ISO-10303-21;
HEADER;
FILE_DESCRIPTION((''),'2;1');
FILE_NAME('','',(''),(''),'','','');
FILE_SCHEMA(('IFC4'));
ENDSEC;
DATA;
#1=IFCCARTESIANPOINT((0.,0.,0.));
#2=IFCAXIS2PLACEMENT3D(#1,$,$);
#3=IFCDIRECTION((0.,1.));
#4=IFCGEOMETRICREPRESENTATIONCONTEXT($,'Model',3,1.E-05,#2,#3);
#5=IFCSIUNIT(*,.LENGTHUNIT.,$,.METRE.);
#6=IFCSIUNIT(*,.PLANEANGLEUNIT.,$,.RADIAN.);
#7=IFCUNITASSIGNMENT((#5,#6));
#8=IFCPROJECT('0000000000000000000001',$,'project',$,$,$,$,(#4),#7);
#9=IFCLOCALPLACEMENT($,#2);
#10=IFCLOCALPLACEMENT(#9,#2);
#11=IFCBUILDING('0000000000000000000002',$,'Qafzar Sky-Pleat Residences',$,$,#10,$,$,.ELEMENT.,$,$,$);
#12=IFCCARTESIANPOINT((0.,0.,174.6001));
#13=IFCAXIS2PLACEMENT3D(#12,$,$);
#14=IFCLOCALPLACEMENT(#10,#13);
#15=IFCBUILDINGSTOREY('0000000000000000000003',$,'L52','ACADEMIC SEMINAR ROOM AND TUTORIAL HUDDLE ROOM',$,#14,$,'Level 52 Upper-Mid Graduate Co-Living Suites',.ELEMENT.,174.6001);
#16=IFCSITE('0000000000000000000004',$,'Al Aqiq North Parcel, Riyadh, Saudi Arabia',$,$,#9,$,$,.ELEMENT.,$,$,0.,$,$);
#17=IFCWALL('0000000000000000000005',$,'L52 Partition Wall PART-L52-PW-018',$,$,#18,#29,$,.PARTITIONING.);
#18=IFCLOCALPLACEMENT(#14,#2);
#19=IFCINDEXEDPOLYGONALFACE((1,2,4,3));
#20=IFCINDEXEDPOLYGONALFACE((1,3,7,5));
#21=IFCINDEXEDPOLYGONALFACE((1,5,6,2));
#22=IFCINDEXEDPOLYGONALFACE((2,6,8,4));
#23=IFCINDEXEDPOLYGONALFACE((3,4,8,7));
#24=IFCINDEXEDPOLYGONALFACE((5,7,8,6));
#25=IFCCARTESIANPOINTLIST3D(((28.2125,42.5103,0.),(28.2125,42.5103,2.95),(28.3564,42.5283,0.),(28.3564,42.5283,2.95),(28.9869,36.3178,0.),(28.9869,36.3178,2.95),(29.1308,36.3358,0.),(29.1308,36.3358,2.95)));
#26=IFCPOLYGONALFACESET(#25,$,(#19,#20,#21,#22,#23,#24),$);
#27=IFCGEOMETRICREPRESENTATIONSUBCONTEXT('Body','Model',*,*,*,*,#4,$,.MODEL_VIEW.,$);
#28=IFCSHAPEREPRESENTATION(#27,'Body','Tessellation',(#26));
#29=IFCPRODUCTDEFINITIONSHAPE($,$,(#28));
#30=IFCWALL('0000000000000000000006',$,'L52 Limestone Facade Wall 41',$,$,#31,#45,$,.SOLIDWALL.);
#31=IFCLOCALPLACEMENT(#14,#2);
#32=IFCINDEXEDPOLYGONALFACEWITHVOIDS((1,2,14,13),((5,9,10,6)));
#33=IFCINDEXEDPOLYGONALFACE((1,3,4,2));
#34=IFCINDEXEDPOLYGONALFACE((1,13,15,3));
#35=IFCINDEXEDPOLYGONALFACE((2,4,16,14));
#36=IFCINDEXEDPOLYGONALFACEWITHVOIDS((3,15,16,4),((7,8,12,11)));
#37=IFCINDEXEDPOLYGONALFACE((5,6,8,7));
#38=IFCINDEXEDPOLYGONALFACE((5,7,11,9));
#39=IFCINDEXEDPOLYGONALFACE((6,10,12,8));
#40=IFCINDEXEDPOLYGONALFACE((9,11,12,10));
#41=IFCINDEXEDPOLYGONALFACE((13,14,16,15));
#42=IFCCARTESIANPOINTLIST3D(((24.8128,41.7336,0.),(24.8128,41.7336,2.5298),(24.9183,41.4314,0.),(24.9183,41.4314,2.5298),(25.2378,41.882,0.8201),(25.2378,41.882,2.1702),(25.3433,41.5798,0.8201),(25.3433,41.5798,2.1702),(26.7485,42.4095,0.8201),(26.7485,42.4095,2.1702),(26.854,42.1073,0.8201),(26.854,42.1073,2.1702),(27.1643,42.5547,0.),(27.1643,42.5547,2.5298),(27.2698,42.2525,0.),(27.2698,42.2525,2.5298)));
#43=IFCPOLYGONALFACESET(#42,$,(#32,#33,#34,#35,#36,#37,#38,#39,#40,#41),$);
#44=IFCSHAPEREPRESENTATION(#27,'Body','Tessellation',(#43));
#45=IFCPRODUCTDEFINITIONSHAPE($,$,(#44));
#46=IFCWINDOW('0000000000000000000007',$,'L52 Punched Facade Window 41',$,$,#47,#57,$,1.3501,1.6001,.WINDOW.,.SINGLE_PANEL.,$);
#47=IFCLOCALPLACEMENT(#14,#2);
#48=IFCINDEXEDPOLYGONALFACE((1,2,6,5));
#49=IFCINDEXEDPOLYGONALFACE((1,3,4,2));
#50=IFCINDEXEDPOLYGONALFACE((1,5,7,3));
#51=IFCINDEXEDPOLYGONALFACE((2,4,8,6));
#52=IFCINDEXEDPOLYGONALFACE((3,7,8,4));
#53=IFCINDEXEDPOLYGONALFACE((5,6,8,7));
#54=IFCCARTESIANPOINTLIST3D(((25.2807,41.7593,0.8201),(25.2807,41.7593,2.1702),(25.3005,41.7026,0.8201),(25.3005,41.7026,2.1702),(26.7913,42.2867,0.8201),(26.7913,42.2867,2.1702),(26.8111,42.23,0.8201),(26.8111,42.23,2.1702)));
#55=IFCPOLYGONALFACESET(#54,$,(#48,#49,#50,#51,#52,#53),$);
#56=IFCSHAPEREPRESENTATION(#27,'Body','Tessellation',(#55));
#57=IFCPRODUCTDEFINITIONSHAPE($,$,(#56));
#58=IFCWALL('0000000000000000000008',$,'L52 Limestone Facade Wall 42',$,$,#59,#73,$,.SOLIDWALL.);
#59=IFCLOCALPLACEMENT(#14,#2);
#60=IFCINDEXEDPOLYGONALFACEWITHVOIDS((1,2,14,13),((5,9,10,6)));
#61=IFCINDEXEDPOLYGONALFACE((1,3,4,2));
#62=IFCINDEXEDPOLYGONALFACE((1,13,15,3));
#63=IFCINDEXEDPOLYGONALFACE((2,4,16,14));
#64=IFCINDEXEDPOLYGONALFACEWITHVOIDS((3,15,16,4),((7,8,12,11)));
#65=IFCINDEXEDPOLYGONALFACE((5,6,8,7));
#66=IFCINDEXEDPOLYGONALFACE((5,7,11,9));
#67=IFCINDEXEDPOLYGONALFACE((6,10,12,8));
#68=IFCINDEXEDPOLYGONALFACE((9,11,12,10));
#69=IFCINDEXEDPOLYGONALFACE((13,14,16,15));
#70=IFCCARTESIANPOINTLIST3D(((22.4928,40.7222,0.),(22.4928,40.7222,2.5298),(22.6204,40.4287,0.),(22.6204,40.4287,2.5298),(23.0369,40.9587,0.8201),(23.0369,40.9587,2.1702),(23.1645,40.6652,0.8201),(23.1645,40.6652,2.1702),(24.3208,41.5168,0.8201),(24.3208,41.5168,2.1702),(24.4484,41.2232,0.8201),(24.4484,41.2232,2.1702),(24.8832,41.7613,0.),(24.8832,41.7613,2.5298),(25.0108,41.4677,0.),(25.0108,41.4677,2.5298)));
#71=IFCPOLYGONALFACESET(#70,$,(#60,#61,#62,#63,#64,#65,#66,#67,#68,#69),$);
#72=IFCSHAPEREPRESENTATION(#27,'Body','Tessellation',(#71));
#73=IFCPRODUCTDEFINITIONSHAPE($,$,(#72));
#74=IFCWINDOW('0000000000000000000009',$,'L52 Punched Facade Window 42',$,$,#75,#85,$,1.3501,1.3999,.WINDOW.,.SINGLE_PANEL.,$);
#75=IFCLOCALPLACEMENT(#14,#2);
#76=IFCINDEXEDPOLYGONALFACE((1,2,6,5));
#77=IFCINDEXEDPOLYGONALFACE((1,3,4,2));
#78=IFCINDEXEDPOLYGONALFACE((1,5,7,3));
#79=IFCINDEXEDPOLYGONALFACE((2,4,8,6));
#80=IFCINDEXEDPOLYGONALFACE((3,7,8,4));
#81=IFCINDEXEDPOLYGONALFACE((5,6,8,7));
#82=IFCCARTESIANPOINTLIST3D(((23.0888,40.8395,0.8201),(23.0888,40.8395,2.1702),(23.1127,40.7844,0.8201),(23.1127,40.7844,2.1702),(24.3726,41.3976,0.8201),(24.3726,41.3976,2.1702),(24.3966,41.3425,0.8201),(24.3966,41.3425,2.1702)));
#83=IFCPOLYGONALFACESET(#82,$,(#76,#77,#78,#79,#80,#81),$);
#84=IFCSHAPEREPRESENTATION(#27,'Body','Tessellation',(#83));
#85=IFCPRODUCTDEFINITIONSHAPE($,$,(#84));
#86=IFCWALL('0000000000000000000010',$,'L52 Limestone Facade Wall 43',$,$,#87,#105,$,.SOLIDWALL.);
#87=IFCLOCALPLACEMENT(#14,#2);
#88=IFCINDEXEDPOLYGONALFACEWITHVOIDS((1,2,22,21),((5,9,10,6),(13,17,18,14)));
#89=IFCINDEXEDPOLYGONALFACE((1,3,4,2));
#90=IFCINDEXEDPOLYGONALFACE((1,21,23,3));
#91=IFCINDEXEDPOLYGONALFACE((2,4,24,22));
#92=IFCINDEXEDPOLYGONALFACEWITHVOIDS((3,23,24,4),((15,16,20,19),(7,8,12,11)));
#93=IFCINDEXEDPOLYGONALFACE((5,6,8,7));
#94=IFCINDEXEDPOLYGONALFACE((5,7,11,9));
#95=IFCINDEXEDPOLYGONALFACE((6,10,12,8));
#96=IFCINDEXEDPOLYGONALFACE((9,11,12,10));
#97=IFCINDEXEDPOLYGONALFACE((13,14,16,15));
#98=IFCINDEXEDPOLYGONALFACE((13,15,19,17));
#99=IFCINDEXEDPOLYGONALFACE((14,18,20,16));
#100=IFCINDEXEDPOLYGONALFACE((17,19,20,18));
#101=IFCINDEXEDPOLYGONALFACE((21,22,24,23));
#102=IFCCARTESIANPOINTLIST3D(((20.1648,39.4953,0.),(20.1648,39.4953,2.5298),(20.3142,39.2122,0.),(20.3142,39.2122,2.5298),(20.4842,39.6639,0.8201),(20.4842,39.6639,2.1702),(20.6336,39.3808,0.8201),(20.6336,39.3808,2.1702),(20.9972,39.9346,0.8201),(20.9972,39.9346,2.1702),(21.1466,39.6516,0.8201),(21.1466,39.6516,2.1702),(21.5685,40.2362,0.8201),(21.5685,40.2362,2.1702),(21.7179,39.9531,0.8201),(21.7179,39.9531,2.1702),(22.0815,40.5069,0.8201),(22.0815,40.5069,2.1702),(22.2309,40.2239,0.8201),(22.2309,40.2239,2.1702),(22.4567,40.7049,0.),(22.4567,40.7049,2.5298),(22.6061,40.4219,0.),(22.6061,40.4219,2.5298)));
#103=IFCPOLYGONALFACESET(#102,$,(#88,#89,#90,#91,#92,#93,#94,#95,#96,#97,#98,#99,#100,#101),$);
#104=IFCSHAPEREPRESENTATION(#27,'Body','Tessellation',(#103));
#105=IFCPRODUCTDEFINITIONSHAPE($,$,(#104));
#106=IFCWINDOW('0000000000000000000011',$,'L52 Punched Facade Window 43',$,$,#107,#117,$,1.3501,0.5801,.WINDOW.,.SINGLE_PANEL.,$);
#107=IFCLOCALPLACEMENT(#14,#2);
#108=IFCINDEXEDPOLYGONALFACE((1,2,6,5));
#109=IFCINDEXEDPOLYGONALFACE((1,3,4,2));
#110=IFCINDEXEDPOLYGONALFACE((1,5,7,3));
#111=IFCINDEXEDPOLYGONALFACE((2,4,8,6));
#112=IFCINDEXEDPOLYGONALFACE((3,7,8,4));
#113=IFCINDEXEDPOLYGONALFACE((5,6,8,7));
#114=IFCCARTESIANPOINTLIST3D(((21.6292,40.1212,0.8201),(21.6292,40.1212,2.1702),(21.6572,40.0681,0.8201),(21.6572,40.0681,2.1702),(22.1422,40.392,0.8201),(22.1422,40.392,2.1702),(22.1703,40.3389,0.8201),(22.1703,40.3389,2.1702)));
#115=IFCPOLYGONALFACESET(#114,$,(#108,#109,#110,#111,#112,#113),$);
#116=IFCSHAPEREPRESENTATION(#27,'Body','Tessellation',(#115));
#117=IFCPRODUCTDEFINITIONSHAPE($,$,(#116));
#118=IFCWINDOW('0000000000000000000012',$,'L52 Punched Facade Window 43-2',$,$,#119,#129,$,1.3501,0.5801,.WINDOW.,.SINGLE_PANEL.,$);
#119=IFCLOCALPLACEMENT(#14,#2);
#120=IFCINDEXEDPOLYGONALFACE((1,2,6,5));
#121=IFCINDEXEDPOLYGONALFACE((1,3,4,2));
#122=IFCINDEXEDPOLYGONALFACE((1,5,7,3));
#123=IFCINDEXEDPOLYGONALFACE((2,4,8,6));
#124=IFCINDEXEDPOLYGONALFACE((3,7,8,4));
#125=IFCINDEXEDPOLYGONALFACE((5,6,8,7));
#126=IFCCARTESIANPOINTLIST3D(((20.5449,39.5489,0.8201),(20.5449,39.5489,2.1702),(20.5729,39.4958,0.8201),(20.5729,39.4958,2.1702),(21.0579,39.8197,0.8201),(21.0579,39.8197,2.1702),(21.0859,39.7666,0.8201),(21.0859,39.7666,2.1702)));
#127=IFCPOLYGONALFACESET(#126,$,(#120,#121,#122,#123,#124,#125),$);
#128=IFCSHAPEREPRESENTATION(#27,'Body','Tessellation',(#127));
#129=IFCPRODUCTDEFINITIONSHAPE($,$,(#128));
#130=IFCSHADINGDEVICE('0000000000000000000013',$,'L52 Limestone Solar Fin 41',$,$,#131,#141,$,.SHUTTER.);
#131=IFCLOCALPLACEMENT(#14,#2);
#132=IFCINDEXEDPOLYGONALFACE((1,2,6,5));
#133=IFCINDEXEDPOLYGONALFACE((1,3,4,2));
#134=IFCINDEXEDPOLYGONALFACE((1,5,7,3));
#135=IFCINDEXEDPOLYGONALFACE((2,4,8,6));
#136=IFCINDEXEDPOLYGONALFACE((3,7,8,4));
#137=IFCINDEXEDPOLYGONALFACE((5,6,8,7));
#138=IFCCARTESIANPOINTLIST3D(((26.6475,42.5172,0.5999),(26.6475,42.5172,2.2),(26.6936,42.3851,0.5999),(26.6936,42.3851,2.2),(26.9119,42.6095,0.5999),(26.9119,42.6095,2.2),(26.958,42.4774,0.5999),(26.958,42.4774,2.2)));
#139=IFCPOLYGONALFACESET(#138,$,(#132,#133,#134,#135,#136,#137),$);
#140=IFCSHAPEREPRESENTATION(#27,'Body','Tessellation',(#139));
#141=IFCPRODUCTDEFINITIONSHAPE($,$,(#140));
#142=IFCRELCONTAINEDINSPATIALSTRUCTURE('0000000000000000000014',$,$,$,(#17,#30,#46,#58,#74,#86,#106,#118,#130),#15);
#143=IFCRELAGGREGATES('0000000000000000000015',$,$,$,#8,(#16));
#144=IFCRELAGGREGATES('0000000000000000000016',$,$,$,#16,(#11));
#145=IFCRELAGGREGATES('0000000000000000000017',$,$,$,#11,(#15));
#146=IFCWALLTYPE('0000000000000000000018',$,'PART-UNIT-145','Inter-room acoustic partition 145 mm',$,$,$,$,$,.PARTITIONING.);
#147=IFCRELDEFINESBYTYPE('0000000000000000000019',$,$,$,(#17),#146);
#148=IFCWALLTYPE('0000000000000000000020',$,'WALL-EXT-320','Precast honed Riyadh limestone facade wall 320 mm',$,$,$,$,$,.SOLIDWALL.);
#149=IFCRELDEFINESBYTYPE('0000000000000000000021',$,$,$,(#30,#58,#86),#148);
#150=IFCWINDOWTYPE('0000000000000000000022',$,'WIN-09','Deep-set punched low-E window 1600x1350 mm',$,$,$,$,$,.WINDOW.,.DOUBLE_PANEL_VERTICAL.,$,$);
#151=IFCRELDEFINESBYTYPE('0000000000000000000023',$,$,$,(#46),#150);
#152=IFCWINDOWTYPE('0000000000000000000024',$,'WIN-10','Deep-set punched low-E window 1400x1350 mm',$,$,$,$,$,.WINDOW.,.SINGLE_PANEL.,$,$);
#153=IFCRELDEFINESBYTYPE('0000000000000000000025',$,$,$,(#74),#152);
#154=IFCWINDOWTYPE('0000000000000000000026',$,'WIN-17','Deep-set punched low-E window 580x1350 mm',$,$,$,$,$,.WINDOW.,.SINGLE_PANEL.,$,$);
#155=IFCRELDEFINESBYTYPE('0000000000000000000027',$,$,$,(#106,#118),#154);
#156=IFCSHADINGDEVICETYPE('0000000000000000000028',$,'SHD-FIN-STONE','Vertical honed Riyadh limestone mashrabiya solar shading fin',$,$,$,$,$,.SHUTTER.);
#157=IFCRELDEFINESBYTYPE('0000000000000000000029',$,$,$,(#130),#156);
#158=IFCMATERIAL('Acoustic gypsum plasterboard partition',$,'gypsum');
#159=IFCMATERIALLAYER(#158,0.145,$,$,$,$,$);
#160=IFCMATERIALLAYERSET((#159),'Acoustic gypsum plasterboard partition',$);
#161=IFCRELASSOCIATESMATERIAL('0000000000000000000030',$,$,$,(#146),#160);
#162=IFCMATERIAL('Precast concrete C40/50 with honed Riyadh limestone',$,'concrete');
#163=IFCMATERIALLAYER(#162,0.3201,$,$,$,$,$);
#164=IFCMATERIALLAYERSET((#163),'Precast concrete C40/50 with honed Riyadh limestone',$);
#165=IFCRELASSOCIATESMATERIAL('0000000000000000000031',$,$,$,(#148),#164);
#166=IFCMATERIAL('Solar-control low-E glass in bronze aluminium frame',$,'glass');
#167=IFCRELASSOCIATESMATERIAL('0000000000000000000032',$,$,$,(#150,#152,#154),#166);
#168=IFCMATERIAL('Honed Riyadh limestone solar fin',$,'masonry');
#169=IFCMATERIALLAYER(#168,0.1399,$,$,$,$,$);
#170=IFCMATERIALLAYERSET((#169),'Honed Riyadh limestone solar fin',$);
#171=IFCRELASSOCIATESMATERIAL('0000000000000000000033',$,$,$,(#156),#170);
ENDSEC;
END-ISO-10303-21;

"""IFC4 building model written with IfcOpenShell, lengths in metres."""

from ifc_helpers import new_model, si_unit, direction, frame, frame_2d, origin, origin_2d, place, context, subcontext, project, spatial, rectangle, extrude, source, transform, mapped, material, layer, layer_set, type_object, element, fill, save


model = new_model("IFC4")

# Units and contexts
model_context = context("Model", 3, precision=1e-05, world=origin(), true_north=direction((0.0, 1.0)))
body_context = subcontext(model_context, "Body", "Model", "MODEL_VIEW")
ifc_project = project(units=[si_unit("LENGTHUNIT", "METRE"), si_unit("PLANEANGLEUNIT", "RADIAN")], contexts=[model_context])

# Site, building, storey
site_placement = place(None, origin())
site = spatial("IfcSite", under=ifc_project, at=site_placement, Name="Al Aqiq North Parcel, Riyadh, Saudi Arabia", CompositionType="ELEMENT", RefElevation=0.0)
building_placement = place(site_placement, origin())
building = spatial("IfcBuilding", under=site, at=building_placement, Name="Qafzar Sky-Pleat Residences", CompositionType="ELEMENT")
storey_placement = place(building_placement, frame((0.0, 0.0, 174.6001)))
storey = spatial("IfcBuildingStorey", under=building, at=storey_placement, Name="L52", Description="ACADEMIC SEMINAR ROOM AND TUTORIAL HUDDLE ROOM", LongName="Level 52 Upper-Mid Graduate Co-Living Suites", CompositionType="ELEMENT", Elevation=174.6001)

# Wall
ifc_material_1 = material(Name="Acoustic gypsum plasterboard partition", Category="gypsum")
ifc_layer_1 = layer(ifc_material_1, 0.145)
ifc_layer_set_1 = layer_set([ifc_layer_1], Name="Acoustic gypsum plasterboard partition")
wall_type_1 = type_object("IfcWallType", Name="PART-UNIT-145", Description="Inter-room acoustic partition 145 mm", PredefinedType="PARTITIONING", material=ifc_layer_set_1)
wall_1_placement = place(storey_placement, frame((28.2844, 42.5193, 0.0), z_axis=(0.0, 0.0, 1.0), x_axis=(0.124093, -0.992271, 0.0)))
element("IfcWall", 1, at=wall_1_placement, inside=storey, type_object=wall_type_1, Name="L52 Partition Wall PART-L52-PW-018", PredefinedType="PARTITIONING", context=body_context, shape_type="SweptSolid", body=[
    extrude(rectangle(XDim=6.2407, YDim=0.145, at=frame_2d((3.1204, 0.0))), origin(), (0.0, 0.0, 1.0), 2.95),
])

# Walls, openings, windows
ifc_material_2 = material(Name="Precast concrete C40/50 with honed Riyadh limestone", Category="concrete")
ifc_layer_2 = layer(ifc_material_2, 0.3201)
ifc_layer_set_2 = layer_set([ifc_layer_2], Name="Precast concrete C40/50 with honed Riyadh limestone")
wall_type_2 = type_object("IfcWallType", Name="WALL-EXT-320", Description="Precast honed Riyadh limestone facade wall 320 mm", PredefinedType="SOLIDWALL", material=ifc_layer_set_2)
wall_2_placement = place(storey_placement, frame((27.217, 42.4036, 0.0), z_axis=(0.0, 0.0, 1.0), x_axis=(-0.944109, -0.329634, 0.0)))
wall_2 = element("IfcWall", 2, at=wall_2_placement, inside=storey, type_object=wall_type_2, Name="L52 Limestone Facade Wall 41", PredefinedType="SOLIDWALL", context=body_context, shape_type="SweptSolid", body=[
    extrude(rectangle(XDim=2.4907, YDim=0.3201, at=frame_2d((1.2454, 0.0))), origin(), (0.0, 0.0, 1.0), 2.5298),
])
opening_1_placement = place(wall_2_placement, frame((0.4404, 0.0, 0.8201)))
opening_1 = element("IfcOpeningElement", 3, at=opening_1_placement, cuts=wall_2, PredefinedType="OPENING", context=body_context, shape_type="SweptSolid", body=[
    extrude(rectangle(XDim=1.6001, YDim=1.3501, at=frame_2d((0.8, 0.675))), frame((0.0, 0.1699, 0.0), z_axis=(0.0, -1.0, 0.0), x_axis=(1.0, 0.0, 0.0)), (0.0, 0.0, 1.0), 0.3401),
])
ifc_material_3 = material(Name="Solar-control low-E glass in bronze aluminium frame", Category="glass")
window_type_1 = type_object("IfcWindowType", Name="WIN-09", Description="Deep-set punched low-E window 1600x1350 mm", PartitioningType="DOUBLE_PANEL_VERTICAL", PredefinedType="WINDOW", material=ifc_material_3)
shared_shape_1 = source(origin(), body_context, "Body", "SweptSolid", [
    extrude(rectangle(XDim=1.6001, YDim=1.3501, at=frame_2d((0.8, 0.675))), frame((0.0, 0.03, 0.0), z_axis=(0.0, -1.0, 0.0), x_axis=(1.0, 0.0, 0.0)), (0.0, 0.0, 1.0), 0.0601),
])
window_1_placement = place(opening_1_placement, origin())
window_1 = element("IfcWindow", 4, at=window_1_placement, inside=storey, type_object=window_type_1, Name="L52 Punched Facade Window 41", OverallHeight=1.3501, OverallWidth=1.6001, PartitioningType="SINGLE_PANEL", PredefinedType="WINDOW", context=body_context, shape_type="MappedRepresentation", body=[
    mapped(shared_shape_1, transform((0.0, 0.0, 0.0), x_axis=(1.0, 0.0, 0.0), y_axis=(0.0, 1.0, 0.0), z_axis=(0.0, 0.0, 1.0), scale=1.0)),
])
fill(opening_1, window_1)
wall_3_placement = place(storey_placement, frame((24.947, 41.6145, 0.0), z_axis=(0.0, 0.0, 1.0), x_axis=(-0.917103, -0.398651, 0.0)))
wall_3 = element("IfcWall", 5, at=wall_3_placement, inside=storey, type_object=wall_type_2, Name="L52 Limestone Facade Wall 42", PredefinedType="SOLIDWALL", context=body_context, shape_type="SweptSolid", body=[
    extrude(rectangle(XDim=2.6064, YDim=0.3201, at=frame_2d((1.3032, 0.0))), origin(), (0.0, 0.0, 1.0), 2.5298),
])
opening_2_placement = place(wall_3_placement, frame((0.6133, 0.0, 0.8201)))
opening_2 = element("IfcOpeningElement", 6, at=opening_2_placement, cuts=wall_3, PredefinedType="OPENING", context=body_context, shape_type="SweptSolid", body=[
    extrude(rectangle(XDim=1.3999, YDim=1.3501, at=frame_2d((0.7, 0.675))), frame((0.0, 0.1699, 0.0), z_axis=(0.0, -1.0, 0.0), x_axis=(1.0, 0.0, 0.0)), (0.0, 0.0, 1.0), 0.3401),
])
window_type_2 = type_object("IfcWindowType", Name="WIN-10", Description="Deep-set punched low-E window 1400x1350 mm", PartitioningType="SINGLE_PANEL", PredefinedType="WINDOW", material=ifc_material_3)
shared_shape_2 = source(origin(), body_context, "Body", "SweptSolid", [
    extrude(rectangle(XDim=1.3999, YDim=1.3501, at=frame_2d((0.7, 0.675))), frame((0.0, 0.03, 0.0), z_axis=(0.0, -1.0, 0.0), x_axis=(1.0, 0.0, 0.0)), (0.0, 0.0, 1.0), 0.0601),
])
window_2_placement = place(opening_2_placement, origin())
window_2 = element("IfcWindow", 7, at=window_2_placement, inside=storey, type_object=window_type_2, Name="L52 Punched Facade Window 42", OverallHeight=1.3501, OverallWidth=1.3999, PartitioningType="SINGLE_PANEL", PredefinedType="WINDOW", context=body_context, shape_type="MappedRepresentation", body=[
    mapped(shared_shape_2, transform((0.0, 0.0, 0.0), x_axis=(1.0, 0.0, 0.0), y_axis=(0.0, 1.0, 0.0), z_axis=(0.0, 0.0, 1.0), scale=1.0)),
])
fill(opening_2, window_2)

# Wall, openings, windows
wall_4_placement = place(storey_placement, frame((22.5315, 40.5635, 0.0), z_axis=(0.0, 0.0, 1.0), x_axis=(-0.884376, -0.466775, 0.0)))
wall_4 = element("IfcWall", 8, at=wall_4_placement, inside=storey, type_object=wall_type_2, Name="L52 Limestone Facade Wall 43", PredefinedType="SOLIDWALL", context=body_context, shape_type="SweptSolid", body=[
    extrude(rectangle(XDim=2.5916, YDim=0.3201, at=frame_2d((1.2959, 0.0))), origin(), (0.0, 0.0, 1.0), 2.5298),
])
opening_3_placement = place(wall_4_placement, frame((0.4243, 0.0, 0.8201)))
opening_3 = element("IfcOpeningElement", 9, at=opening_3_placement, cuts=wall_4, PredefinedType="OPENING", context=body_context, shape_type="SweptSolid", body=[
    extrude(rectangle(XDim=0.5801, YDim=1.3501, at=frame_2d((0.29, 0.675))), frame((0.0, 0.1699, 0.0), z_axis=(0.0, -1.0, 0.0), x_axis=(1.0, 0.0, 0.0)), (0.0, 0.0, 1.0), 0.3401),
])
opening_4_placement = place(wall_4_placement, frame((1.6504, 0.0, 0.8201)))
opening_4 = element("IfcOpeningElement", 10, at=opening_4_placement, cuts=wall_4, PredefinedType="OPENING", context=body_context, shape_type="SweptSolid", body=[
    extrude(rectangle(XDim=0.5801, YDim=1.3501, at=frame_2d((0.29, 0.675))), frame((0.0, 0.1699, 0.0), z_axis=(0.0, -1.0, 0.0), x_axis=(1.0, 0.0, 0.0)), (0.0, 0.0, 1.0), 0.3401),
])
window_type_3 = type_object("IfcWindowType", Name="WIN-17", Description="Deep-set punched low-E window 580x1350 mm", PartitioningType="SINGLE_PANEL", PredefinedType="WINDOW", material=ifc_material_3)
shared_shape_3 = source(origin(), body_context, "Body", "SweptSolid", [
    extrude(rectangle(XDim=0.5801, YDim=1.3501, at=frame_2d((0.29, 0.675))), frame((0.0, 0.03, 0.0), z_axis=(0.0, -1.0, 0.0), x_axis=(1.0, 0.0, 0.0)), (0.0, 0.0, 1.0), 0.0601),
])
window_3_placement = place(opening_3_placement, origin())
window_3 = element("IfcWindow", 11, at=window_3_placement, inside=storey, type_object=window_type_3, Name="L52 Punched Facade Window 43", OverallHeight=1.3501, OverallWidth=0.5801, PartitioningType="SINGLE_PANEL", PredefinedType="WINDOW", context=body_context, shape_type="MappedRepresentation", body=[
    mapped(shared_shape_3, transform((0.0, 0.0, 0.0), x_axis=(1.0, 0.0, 0.0), y_axis=(0.0, 1.0, 0.0), z_axis=(0.0, 0.0, 1.0), scale=1.0)),
])
fill(opening_3, window_3)
window_4_placement = place(opening_4_placement, origin())
window_4 = element("IfcWindow", 12, at=window_4_placement, inside=storey, type_object=window_type_3, Name="L52 Punched Facade Window 43-2", OverallHeight=1.3501, OverallWidth=0.5801, PartitioningType="SINGLE_PANEL", PredefinedType="WINDOW", context=body_context, shape_type="MappedRepresentation", body=[
    mapped(shared_shape_3, transform((0.0, 0.0, 0.0), x_axis=(1.0, 0.0, 0.0), y_axis=(0.0, 1.0, 0.0), z_axis=(0.0, 0.0, 1.0), scale=1.0)),
])
fill(opening_4, window_4)

# Shading device
ifc_material_4 = material(Name="Honed Riyadh limestone solar fin", Category="masonry")
ifc_layer_3 = layer(ifc_material_4, 0.1399)
ifc_layer_set_3 = layer_set([ifc_layer_3], Name="Honed Riyadh limestone solar fin")
shading_device_type = type_object("IfcShadingDeviceType", Name="SHD-FIN-STONE", Description="Vertical honed Riyadh limestone mashrabiya solar shading fin", PredefinedType="SHUTTER", material=ifc_layer_set_3)
shared_shape_4 = source(origin(), body_context, "Body", "SweptSolid", [
    extrude(rectangle(XDim=0.1399, YDim=0.28, at=origin_2d()), origin(), (0.0, 0.0, 1.0), 1.6001),
])
shading_device_placement = place(storey_placement, frame((26.8027, 42.4973, 0.5999), z_axis=(0.0, 0.0, 1.0), x_axis=(-0.329581, 0.944127, 0.0)))
element("IfcShadingDevice", 13, at=shading_device_placement, inside=storey, type_object=shading_device_type, Name="L52 Limestone Solar Fin 41", PredefinedType="SHUTTER", context=body_context, shape_type="MappedRepresentation", body=[
    mapped(shared_shape_4, transform((0.0, 0.0, 0.0), x_axis=(1.0, 0.0, 0.0), y_axis=(0.0, 1.0, 0.0), z_axis=(0.0, 0.0, 1.0), scale=1.0)),
])

save(model, "model.ifc")
